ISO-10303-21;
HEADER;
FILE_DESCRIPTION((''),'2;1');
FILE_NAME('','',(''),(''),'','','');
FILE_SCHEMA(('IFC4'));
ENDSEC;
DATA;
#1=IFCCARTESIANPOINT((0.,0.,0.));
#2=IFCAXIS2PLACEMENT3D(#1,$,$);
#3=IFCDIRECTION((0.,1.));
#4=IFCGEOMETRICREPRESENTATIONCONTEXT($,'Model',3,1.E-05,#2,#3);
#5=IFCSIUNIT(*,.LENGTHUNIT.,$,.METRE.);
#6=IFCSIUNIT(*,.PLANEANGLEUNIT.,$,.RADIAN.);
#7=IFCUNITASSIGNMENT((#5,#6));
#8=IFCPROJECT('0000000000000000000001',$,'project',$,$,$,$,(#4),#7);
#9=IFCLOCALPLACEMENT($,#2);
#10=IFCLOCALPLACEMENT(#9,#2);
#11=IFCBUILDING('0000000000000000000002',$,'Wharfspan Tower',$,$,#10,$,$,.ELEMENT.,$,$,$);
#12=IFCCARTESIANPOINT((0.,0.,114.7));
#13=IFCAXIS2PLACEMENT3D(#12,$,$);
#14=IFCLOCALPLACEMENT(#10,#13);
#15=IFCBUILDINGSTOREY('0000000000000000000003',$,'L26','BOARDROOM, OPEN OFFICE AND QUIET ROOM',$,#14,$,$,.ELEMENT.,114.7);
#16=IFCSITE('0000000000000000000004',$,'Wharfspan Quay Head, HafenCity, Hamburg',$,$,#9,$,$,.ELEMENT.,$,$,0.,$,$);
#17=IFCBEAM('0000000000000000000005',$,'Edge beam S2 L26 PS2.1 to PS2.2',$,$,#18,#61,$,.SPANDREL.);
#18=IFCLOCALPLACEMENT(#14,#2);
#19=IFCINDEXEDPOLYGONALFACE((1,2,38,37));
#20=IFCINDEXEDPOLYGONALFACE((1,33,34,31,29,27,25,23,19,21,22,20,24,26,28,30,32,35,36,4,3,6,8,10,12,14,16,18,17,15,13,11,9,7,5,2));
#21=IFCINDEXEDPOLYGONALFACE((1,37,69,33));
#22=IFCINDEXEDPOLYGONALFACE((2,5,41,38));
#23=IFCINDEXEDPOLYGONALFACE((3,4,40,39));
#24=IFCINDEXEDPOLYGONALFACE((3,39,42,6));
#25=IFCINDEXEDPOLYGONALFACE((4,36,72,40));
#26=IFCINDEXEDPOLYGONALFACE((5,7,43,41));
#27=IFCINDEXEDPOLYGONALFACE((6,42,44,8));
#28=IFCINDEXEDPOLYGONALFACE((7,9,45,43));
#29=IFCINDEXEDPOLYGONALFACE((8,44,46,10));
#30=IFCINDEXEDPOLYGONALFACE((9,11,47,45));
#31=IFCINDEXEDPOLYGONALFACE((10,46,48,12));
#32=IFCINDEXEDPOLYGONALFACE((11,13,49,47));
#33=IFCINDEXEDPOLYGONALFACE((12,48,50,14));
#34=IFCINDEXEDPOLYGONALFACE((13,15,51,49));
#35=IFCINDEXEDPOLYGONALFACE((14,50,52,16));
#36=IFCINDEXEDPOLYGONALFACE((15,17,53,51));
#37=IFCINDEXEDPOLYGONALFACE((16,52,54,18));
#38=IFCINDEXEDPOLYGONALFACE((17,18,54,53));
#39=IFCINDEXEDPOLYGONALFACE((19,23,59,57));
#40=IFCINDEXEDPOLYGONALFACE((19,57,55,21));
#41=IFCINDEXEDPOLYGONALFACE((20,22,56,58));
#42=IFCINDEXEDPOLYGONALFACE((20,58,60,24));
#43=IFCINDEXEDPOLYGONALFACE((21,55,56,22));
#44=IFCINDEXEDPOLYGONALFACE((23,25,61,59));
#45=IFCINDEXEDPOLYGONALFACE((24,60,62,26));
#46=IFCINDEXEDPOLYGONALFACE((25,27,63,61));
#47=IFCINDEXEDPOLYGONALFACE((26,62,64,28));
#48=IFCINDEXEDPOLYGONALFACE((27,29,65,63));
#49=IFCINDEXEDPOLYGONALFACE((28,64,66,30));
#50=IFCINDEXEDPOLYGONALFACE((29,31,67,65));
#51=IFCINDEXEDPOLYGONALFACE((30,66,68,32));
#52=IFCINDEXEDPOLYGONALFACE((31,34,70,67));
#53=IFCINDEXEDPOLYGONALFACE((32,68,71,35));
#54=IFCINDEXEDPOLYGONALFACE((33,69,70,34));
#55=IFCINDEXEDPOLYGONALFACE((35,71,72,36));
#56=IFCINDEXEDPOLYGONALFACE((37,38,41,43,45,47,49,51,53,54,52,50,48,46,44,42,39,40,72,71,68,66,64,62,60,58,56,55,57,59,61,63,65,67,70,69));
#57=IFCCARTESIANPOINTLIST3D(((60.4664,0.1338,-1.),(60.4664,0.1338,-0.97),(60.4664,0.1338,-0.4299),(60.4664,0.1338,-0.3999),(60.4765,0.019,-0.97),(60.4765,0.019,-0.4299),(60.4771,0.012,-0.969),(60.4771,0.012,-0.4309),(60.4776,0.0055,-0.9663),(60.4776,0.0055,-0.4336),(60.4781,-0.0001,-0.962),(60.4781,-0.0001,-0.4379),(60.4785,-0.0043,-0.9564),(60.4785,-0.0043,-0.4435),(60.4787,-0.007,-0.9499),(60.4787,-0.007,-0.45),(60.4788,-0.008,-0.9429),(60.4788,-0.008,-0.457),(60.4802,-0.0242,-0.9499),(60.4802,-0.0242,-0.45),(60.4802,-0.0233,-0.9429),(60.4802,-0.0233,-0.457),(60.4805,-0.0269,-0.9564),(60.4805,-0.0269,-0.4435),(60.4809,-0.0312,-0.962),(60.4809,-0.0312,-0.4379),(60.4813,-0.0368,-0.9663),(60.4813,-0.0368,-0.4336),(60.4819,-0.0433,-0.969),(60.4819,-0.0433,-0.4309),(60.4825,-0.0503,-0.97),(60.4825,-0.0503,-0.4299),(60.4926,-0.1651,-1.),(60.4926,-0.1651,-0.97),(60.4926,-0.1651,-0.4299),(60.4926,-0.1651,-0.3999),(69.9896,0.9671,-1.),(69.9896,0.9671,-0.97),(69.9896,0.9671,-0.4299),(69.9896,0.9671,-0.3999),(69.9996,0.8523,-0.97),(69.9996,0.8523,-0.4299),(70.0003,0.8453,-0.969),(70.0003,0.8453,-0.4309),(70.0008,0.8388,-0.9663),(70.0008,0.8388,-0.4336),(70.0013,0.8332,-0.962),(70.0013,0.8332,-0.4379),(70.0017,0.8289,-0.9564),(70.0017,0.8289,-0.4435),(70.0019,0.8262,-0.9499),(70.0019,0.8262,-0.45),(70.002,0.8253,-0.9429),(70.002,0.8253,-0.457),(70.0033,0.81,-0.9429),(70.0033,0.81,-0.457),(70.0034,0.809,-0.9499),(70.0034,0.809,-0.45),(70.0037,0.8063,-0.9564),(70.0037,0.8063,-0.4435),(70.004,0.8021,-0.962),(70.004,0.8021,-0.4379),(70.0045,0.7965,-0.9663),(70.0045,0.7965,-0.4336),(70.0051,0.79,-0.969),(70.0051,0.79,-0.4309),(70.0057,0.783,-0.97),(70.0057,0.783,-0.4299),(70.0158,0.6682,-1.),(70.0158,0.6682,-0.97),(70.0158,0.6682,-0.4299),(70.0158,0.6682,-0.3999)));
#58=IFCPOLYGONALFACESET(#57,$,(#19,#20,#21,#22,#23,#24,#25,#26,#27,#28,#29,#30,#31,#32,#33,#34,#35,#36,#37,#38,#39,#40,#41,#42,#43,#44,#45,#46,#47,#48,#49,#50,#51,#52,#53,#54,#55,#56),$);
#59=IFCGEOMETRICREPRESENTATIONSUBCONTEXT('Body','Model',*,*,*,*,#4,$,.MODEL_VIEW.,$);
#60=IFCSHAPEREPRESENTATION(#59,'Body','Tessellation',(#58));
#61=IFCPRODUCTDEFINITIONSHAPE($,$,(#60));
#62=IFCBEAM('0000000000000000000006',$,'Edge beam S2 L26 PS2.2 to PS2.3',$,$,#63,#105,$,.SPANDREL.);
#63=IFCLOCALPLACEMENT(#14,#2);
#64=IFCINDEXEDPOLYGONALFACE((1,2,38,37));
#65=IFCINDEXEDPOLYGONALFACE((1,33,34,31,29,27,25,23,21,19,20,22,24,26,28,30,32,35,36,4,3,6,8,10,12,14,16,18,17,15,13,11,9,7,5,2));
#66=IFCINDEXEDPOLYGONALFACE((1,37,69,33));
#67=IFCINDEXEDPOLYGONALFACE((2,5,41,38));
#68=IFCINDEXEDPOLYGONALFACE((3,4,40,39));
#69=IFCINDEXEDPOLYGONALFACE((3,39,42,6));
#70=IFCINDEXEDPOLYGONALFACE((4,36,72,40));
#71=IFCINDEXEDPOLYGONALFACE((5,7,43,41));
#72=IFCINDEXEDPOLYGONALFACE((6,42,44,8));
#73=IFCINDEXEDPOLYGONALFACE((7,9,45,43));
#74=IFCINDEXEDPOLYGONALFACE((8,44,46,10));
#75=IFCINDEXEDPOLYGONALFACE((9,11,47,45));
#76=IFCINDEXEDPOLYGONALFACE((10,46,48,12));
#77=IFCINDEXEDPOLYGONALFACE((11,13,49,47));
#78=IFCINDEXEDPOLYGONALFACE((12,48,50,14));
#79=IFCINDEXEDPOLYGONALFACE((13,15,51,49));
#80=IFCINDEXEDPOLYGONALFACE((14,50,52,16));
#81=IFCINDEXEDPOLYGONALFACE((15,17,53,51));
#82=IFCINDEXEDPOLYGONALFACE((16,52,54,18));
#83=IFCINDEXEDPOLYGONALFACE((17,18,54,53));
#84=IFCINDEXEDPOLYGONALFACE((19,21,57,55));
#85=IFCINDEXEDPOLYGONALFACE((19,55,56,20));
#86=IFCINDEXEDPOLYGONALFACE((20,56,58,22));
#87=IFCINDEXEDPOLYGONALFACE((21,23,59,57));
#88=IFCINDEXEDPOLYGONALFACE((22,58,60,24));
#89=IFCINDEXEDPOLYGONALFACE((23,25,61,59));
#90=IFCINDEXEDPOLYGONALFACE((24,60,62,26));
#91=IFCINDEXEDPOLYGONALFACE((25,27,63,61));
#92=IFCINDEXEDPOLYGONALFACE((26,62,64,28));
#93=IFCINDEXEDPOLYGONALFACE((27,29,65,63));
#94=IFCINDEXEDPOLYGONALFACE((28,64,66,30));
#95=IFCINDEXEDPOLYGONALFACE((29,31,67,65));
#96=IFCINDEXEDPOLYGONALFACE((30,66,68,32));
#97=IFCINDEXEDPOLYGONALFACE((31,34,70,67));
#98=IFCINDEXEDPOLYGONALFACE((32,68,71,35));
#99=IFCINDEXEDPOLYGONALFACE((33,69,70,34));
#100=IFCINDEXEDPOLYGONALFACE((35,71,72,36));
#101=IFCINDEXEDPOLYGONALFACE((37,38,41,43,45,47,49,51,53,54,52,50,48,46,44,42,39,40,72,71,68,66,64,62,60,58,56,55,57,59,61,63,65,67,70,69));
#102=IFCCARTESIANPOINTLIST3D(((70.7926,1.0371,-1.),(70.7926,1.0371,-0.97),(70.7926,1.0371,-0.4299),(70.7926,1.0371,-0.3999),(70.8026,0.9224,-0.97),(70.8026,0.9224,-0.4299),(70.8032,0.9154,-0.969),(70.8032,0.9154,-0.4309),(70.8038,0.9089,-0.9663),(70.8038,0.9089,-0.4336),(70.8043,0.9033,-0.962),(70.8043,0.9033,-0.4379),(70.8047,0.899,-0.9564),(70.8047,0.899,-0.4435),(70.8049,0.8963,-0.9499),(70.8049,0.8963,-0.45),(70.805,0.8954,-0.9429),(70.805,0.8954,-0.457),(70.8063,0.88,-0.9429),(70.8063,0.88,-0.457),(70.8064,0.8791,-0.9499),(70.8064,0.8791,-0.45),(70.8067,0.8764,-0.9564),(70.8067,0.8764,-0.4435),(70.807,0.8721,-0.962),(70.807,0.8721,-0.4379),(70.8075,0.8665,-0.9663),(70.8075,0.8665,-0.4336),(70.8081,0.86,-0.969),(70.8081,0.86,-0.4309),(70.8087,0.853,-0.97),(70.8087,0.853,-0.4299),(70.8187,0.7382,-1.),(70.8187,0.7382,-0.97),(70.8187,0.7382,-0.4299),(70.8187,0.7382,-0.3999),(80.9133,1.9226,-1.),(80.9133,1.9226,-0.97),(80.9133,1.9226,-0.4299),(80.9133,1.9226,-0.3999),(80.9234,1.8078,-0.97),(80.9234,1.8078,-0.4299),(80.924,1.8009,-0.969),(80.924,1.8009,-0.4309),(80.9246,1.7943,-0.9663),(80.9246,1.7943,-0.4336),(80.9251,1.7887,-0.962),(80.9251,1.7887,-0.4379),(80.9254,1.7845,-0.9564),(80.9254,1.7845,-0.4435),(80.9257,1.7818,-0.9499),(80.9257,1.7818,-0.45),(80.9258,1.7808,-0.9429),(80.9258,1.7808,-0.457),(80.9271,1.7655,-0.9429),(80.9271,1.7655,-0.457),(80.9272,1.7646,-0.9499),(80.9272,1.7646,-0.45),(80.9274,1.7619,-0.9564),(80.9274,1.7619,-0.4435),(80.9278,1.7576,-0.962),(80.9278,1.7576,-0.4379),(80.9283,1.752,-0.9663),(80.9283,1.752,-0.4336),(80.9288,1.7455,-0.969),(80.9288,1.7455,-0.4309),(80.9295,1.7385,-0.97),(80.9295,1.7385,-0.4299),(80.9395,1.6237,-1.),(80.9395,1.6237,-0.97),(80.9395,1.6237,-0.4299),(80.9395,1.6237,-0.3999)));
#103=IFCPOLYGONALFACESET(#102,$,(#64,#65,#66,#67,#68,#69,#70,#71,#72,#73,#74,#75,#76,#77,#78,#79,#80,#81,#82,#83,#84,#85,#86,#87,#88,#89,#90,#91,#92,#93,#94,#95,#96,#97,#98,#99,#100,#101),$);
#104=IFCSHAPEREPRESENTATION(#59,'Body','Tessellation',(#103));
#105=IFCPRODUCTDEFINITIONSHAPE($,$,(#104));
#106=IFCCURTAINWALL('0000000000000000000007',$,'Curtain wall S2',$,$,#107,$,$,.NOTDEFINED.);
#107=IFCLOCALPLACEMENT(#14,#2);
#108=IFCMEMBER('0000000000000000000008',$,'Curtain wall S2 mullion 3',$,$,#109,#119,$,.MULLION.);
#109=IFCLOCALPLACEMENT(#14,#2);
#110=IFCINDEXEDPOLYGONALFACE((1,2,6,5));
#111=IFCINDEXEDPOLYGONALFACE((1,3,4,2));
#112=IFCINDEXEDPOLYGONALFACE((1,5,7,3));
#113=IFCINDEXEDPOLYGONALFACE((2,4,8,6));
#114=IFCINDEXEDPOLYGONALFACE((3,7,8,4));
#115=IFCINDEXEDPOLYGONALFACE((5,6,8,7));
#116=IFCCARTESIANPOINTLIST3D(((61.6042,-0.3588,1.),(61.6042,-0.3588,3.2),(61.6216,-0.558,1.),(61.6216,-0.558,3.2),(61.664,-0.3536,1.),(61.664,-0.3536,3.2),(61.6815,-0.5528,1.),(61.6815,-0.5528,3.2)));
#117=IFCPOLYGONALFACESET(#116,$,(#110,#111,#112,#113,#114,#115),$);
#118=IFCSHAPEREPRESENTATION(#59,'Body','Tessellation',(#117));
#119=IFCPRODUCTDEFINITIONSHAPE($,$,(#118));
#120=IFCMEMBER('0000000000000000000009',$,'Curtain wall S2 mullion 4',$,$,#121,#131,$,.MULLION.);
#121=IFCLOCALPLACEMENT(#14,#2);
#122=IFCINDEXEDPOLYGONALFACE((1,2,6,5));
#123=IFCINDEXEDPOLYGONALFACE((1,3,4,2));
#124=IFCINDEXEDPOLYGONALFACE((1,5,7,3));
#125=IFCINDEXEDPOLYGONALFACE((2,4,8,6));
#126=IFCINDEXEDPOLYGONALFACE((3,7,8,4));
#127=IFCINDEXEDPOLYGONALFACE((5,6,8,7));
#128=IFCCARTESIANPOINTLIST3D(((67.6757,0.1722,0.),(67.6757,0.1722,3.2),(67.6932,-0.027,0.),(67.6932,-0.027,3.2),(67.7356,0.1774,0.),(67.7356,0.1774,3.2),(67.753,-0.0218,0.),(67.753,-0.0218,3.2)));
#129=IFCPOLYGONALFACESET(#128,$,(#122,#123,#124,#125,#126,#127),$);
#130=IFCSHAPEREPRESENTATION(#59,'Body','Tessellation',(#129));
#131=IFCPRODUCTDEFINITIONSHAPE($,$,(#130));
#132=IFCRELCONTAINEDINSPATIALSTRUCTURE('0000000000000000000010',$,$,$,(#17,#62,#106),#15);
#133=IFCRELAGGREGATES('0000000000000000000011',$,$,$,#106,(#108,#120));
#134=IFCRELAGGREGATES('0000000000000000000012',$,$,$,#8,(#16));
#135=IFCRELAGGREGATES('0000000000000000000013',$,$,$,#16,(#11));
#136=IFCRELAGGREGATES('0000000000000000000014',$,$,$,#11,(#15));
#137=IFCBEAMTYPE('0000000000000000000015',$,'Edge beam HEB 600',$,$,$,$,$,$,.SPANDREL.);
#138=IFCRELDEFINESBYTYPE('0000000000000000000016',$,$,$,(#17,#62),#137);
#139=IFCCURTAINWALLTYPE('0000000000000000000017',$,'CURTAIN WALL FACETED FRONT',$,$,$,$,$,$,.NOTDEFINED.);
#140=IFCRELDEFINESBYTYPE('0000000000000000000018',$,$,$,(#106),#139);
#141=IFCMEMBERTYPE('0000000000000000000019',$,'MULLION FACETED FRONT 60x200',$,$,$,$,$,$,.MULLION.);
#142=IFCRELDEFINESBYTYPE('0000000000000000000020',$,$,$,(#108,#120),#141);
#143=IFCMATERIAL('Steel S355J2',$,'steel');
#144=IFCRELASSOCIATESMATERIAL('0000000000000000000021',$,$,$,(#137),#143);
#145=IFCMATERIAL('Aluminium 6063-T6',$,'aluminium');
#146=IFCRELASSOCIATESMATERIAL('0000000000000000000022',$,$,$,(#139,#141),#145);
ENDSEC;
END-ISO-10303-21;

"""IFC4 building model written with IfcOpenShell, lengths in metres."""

from ifc_helpers import new_model, si_unit, direction, frame, origin, origin_2d, place, context, subcontext, project, spatial, rectangle, i_section, extrude, material, material_profile, profile_set, type_object, element, aggregate, save


model = new_model("IFC4")

# Units and contexts
model_context = context("Model", 3, precision=1e-05, world=origin(), true_north=direction((0.0, 1.0)))
body_context = subcontext(model_context, "Body", "Model", "MODEL_VIEW")
ifc_project = project(units=[si_unit("LENGTHUNIT", "METRE"), si_unit("PLANEANGLEUNIT", "RADIAN")], contexts=[model_context])

# Site, building, storey
site_placement = place(None, origin())
site = spatial("IfcSite", under=ifc_project, at=site_placement, Name="Wharfspan Quay Head, HafenCity, Hamburg", CompositionType="ELEMENT", RefElevation=0.0)
building_placement = place(site_placement, origin())
building = spatial("IfcBuilding", under=site, at=building_placement, Name="Wharfspan Tower", CompositionType="ELEMENT")
storey_placement = place(building_placement, frame((0.0, 0.0, 114.7)))
storey = spatial("IfcBuildingStorey", under=building, at=storey_placement, Name="L26", Description="BOARDROOM, OPEN OFFICE AND QUIET ROOM", CompositionType="ELEMENT", Elevation=114.7)

# Shared definitions
ifc_material_1 = material(Name="Steel S355J2", Category="steel")

# Beams
ifc_material_profile_1 = material_profile(ifc_material_1, i_section(OverallWidth=0.3, OverallDepth=0.6001, WebThickness=0.0154, FlangeThickness=0.03, FilletRadius=0.0271, at=origin_2d()))
ifc_profile_set_1 = profile_set([ifc_material_profile_1], Name="Steel S355J2")
beam_type = type_object("IfcBeamType", Name="Edge beam HEB 600", PredefinedType="SPANDREL", material=ifc_profile_set_1)
beam_1_placement = place(storey_placement, frame((60.4795, -0.0156, -0.7), z_axis=(0.996194, 0.087164, 0.0), x_axis=(-0.087164, 0.996194, 0.0)))
element("IfcBeam", 1, at=beam_1_placement, inside=storey, type_object=beam_type, Name="Edge beam S2 L26 PS2.1 to PS2.2", PredefinedType="SPANDREL", context=body_context, shape_type="SweptSolid", body=[
    extrude(i_section(OverallWidth=0.3, OverallDepth=0.6001, WebThickness=0.0154, FlangeThickness=0.03, FilletRadius=0.0271, at=origin_2d()), origin(), (0.0, 0.0, 1.0), 9.5596),
])
beam_2_placement = place(storey_placement, frame((70.8057, 0.8877, -0.7), z_axis=(0.996194, 0.087159, 0.0), x_axis=(-0.087159, 0.996194, 0.0)))
element("IfcBeam", 2, at=beam_2_placement, inside=storey, type_object=beam_type, Name="Edge beam S2 L26 PS2.2 to PS2.3", PredefinedType="SPANDREL", context=body_context, shape_type="SweptSolid", body=[
    extrude(i_section(OverallWidth=0.3, OverallDepth=0.6001, WebThickness=0.0154, FlangeThickness=0.03, FilletRadius=0.0271, at=origin_2d()), origin(), (0.0, 0.0, 1.0), 10.1594),
])

# Curtain wall, members
ifc_material_2 = material(Name="Aluminium 6063-T6", Category="aluminium")
curtain_wall_type = type_object("IfcCurtainWallType", Name="CURTAIN WALL FACETED FRONT", PredefinedType="NOTDEFINED", material=ifc_material_2)
curtain_wall_placement = place(storey_placement, origin())
curtain_wall = element("IfcCurtainWall", 3, at=curtain_wall_placement, inside=storey, type_object=curtain_wall_type, Name="Curtain wall S2", PredefinedType="NOTDEFINED")
ifc_material_profile_2 = material_profile(ifc_material_2, rectangle(XDim=0.2, YDim=0.0601, at=origin_2d()))
ifc_profile_set_2 = profile_set([ifc_material_profile_2], Name="Aluminium 6063-T6")
member_type_1 = type_object("IfcMemberType", Name="MULLION FACETED FRONT 60x200", PredefinedType="MULLION", material=ifc_profile_set_2)
member_1_placement = place(storey_placement, frame((61.6428, -0.4558, 1.0), z_axis=(0.0, 0.0, 1.0), x_axis=(-0.087156, 0.996198, 0.0)))
member_1 = element("IfcMember", 4, at=member_1_placement, type_object=member_type_1, Name="Curtain wall S2 mullion 3", PredefinedType="MULLION", context=body_context, shape_type="SweptSolid", body=[
    extrude(rectangle(XDim=0.2, YDim=0.0601, at=origin_2d()), origin(), (0.0, 0.0, 1.0), 2.2),
])
member_2_placement = place(storey_placement, frame((67.7144, 0.0752, 0.0), z_axis=(0.0, 0.0, 1.0), x_axis=(-0.087156, 0.996198, 0.0)))
member_2 = element("IfcMember", 5, at=member_2_placement, type_object=member_type_1, Name="Curtain wall S2 mullion 4", PredefinedType="MULLION", context=body_context, shape_type="SweptSolid", body=[
    extrude(rectangle(XDim=0.2, YDim=0.0601, at=origin_2d()), origin(), (0.0, 0.0, 1.0), 3.2),
])

aggregate(curtain_wall, [member_1, member_2])

save(model, "model.ifc")
